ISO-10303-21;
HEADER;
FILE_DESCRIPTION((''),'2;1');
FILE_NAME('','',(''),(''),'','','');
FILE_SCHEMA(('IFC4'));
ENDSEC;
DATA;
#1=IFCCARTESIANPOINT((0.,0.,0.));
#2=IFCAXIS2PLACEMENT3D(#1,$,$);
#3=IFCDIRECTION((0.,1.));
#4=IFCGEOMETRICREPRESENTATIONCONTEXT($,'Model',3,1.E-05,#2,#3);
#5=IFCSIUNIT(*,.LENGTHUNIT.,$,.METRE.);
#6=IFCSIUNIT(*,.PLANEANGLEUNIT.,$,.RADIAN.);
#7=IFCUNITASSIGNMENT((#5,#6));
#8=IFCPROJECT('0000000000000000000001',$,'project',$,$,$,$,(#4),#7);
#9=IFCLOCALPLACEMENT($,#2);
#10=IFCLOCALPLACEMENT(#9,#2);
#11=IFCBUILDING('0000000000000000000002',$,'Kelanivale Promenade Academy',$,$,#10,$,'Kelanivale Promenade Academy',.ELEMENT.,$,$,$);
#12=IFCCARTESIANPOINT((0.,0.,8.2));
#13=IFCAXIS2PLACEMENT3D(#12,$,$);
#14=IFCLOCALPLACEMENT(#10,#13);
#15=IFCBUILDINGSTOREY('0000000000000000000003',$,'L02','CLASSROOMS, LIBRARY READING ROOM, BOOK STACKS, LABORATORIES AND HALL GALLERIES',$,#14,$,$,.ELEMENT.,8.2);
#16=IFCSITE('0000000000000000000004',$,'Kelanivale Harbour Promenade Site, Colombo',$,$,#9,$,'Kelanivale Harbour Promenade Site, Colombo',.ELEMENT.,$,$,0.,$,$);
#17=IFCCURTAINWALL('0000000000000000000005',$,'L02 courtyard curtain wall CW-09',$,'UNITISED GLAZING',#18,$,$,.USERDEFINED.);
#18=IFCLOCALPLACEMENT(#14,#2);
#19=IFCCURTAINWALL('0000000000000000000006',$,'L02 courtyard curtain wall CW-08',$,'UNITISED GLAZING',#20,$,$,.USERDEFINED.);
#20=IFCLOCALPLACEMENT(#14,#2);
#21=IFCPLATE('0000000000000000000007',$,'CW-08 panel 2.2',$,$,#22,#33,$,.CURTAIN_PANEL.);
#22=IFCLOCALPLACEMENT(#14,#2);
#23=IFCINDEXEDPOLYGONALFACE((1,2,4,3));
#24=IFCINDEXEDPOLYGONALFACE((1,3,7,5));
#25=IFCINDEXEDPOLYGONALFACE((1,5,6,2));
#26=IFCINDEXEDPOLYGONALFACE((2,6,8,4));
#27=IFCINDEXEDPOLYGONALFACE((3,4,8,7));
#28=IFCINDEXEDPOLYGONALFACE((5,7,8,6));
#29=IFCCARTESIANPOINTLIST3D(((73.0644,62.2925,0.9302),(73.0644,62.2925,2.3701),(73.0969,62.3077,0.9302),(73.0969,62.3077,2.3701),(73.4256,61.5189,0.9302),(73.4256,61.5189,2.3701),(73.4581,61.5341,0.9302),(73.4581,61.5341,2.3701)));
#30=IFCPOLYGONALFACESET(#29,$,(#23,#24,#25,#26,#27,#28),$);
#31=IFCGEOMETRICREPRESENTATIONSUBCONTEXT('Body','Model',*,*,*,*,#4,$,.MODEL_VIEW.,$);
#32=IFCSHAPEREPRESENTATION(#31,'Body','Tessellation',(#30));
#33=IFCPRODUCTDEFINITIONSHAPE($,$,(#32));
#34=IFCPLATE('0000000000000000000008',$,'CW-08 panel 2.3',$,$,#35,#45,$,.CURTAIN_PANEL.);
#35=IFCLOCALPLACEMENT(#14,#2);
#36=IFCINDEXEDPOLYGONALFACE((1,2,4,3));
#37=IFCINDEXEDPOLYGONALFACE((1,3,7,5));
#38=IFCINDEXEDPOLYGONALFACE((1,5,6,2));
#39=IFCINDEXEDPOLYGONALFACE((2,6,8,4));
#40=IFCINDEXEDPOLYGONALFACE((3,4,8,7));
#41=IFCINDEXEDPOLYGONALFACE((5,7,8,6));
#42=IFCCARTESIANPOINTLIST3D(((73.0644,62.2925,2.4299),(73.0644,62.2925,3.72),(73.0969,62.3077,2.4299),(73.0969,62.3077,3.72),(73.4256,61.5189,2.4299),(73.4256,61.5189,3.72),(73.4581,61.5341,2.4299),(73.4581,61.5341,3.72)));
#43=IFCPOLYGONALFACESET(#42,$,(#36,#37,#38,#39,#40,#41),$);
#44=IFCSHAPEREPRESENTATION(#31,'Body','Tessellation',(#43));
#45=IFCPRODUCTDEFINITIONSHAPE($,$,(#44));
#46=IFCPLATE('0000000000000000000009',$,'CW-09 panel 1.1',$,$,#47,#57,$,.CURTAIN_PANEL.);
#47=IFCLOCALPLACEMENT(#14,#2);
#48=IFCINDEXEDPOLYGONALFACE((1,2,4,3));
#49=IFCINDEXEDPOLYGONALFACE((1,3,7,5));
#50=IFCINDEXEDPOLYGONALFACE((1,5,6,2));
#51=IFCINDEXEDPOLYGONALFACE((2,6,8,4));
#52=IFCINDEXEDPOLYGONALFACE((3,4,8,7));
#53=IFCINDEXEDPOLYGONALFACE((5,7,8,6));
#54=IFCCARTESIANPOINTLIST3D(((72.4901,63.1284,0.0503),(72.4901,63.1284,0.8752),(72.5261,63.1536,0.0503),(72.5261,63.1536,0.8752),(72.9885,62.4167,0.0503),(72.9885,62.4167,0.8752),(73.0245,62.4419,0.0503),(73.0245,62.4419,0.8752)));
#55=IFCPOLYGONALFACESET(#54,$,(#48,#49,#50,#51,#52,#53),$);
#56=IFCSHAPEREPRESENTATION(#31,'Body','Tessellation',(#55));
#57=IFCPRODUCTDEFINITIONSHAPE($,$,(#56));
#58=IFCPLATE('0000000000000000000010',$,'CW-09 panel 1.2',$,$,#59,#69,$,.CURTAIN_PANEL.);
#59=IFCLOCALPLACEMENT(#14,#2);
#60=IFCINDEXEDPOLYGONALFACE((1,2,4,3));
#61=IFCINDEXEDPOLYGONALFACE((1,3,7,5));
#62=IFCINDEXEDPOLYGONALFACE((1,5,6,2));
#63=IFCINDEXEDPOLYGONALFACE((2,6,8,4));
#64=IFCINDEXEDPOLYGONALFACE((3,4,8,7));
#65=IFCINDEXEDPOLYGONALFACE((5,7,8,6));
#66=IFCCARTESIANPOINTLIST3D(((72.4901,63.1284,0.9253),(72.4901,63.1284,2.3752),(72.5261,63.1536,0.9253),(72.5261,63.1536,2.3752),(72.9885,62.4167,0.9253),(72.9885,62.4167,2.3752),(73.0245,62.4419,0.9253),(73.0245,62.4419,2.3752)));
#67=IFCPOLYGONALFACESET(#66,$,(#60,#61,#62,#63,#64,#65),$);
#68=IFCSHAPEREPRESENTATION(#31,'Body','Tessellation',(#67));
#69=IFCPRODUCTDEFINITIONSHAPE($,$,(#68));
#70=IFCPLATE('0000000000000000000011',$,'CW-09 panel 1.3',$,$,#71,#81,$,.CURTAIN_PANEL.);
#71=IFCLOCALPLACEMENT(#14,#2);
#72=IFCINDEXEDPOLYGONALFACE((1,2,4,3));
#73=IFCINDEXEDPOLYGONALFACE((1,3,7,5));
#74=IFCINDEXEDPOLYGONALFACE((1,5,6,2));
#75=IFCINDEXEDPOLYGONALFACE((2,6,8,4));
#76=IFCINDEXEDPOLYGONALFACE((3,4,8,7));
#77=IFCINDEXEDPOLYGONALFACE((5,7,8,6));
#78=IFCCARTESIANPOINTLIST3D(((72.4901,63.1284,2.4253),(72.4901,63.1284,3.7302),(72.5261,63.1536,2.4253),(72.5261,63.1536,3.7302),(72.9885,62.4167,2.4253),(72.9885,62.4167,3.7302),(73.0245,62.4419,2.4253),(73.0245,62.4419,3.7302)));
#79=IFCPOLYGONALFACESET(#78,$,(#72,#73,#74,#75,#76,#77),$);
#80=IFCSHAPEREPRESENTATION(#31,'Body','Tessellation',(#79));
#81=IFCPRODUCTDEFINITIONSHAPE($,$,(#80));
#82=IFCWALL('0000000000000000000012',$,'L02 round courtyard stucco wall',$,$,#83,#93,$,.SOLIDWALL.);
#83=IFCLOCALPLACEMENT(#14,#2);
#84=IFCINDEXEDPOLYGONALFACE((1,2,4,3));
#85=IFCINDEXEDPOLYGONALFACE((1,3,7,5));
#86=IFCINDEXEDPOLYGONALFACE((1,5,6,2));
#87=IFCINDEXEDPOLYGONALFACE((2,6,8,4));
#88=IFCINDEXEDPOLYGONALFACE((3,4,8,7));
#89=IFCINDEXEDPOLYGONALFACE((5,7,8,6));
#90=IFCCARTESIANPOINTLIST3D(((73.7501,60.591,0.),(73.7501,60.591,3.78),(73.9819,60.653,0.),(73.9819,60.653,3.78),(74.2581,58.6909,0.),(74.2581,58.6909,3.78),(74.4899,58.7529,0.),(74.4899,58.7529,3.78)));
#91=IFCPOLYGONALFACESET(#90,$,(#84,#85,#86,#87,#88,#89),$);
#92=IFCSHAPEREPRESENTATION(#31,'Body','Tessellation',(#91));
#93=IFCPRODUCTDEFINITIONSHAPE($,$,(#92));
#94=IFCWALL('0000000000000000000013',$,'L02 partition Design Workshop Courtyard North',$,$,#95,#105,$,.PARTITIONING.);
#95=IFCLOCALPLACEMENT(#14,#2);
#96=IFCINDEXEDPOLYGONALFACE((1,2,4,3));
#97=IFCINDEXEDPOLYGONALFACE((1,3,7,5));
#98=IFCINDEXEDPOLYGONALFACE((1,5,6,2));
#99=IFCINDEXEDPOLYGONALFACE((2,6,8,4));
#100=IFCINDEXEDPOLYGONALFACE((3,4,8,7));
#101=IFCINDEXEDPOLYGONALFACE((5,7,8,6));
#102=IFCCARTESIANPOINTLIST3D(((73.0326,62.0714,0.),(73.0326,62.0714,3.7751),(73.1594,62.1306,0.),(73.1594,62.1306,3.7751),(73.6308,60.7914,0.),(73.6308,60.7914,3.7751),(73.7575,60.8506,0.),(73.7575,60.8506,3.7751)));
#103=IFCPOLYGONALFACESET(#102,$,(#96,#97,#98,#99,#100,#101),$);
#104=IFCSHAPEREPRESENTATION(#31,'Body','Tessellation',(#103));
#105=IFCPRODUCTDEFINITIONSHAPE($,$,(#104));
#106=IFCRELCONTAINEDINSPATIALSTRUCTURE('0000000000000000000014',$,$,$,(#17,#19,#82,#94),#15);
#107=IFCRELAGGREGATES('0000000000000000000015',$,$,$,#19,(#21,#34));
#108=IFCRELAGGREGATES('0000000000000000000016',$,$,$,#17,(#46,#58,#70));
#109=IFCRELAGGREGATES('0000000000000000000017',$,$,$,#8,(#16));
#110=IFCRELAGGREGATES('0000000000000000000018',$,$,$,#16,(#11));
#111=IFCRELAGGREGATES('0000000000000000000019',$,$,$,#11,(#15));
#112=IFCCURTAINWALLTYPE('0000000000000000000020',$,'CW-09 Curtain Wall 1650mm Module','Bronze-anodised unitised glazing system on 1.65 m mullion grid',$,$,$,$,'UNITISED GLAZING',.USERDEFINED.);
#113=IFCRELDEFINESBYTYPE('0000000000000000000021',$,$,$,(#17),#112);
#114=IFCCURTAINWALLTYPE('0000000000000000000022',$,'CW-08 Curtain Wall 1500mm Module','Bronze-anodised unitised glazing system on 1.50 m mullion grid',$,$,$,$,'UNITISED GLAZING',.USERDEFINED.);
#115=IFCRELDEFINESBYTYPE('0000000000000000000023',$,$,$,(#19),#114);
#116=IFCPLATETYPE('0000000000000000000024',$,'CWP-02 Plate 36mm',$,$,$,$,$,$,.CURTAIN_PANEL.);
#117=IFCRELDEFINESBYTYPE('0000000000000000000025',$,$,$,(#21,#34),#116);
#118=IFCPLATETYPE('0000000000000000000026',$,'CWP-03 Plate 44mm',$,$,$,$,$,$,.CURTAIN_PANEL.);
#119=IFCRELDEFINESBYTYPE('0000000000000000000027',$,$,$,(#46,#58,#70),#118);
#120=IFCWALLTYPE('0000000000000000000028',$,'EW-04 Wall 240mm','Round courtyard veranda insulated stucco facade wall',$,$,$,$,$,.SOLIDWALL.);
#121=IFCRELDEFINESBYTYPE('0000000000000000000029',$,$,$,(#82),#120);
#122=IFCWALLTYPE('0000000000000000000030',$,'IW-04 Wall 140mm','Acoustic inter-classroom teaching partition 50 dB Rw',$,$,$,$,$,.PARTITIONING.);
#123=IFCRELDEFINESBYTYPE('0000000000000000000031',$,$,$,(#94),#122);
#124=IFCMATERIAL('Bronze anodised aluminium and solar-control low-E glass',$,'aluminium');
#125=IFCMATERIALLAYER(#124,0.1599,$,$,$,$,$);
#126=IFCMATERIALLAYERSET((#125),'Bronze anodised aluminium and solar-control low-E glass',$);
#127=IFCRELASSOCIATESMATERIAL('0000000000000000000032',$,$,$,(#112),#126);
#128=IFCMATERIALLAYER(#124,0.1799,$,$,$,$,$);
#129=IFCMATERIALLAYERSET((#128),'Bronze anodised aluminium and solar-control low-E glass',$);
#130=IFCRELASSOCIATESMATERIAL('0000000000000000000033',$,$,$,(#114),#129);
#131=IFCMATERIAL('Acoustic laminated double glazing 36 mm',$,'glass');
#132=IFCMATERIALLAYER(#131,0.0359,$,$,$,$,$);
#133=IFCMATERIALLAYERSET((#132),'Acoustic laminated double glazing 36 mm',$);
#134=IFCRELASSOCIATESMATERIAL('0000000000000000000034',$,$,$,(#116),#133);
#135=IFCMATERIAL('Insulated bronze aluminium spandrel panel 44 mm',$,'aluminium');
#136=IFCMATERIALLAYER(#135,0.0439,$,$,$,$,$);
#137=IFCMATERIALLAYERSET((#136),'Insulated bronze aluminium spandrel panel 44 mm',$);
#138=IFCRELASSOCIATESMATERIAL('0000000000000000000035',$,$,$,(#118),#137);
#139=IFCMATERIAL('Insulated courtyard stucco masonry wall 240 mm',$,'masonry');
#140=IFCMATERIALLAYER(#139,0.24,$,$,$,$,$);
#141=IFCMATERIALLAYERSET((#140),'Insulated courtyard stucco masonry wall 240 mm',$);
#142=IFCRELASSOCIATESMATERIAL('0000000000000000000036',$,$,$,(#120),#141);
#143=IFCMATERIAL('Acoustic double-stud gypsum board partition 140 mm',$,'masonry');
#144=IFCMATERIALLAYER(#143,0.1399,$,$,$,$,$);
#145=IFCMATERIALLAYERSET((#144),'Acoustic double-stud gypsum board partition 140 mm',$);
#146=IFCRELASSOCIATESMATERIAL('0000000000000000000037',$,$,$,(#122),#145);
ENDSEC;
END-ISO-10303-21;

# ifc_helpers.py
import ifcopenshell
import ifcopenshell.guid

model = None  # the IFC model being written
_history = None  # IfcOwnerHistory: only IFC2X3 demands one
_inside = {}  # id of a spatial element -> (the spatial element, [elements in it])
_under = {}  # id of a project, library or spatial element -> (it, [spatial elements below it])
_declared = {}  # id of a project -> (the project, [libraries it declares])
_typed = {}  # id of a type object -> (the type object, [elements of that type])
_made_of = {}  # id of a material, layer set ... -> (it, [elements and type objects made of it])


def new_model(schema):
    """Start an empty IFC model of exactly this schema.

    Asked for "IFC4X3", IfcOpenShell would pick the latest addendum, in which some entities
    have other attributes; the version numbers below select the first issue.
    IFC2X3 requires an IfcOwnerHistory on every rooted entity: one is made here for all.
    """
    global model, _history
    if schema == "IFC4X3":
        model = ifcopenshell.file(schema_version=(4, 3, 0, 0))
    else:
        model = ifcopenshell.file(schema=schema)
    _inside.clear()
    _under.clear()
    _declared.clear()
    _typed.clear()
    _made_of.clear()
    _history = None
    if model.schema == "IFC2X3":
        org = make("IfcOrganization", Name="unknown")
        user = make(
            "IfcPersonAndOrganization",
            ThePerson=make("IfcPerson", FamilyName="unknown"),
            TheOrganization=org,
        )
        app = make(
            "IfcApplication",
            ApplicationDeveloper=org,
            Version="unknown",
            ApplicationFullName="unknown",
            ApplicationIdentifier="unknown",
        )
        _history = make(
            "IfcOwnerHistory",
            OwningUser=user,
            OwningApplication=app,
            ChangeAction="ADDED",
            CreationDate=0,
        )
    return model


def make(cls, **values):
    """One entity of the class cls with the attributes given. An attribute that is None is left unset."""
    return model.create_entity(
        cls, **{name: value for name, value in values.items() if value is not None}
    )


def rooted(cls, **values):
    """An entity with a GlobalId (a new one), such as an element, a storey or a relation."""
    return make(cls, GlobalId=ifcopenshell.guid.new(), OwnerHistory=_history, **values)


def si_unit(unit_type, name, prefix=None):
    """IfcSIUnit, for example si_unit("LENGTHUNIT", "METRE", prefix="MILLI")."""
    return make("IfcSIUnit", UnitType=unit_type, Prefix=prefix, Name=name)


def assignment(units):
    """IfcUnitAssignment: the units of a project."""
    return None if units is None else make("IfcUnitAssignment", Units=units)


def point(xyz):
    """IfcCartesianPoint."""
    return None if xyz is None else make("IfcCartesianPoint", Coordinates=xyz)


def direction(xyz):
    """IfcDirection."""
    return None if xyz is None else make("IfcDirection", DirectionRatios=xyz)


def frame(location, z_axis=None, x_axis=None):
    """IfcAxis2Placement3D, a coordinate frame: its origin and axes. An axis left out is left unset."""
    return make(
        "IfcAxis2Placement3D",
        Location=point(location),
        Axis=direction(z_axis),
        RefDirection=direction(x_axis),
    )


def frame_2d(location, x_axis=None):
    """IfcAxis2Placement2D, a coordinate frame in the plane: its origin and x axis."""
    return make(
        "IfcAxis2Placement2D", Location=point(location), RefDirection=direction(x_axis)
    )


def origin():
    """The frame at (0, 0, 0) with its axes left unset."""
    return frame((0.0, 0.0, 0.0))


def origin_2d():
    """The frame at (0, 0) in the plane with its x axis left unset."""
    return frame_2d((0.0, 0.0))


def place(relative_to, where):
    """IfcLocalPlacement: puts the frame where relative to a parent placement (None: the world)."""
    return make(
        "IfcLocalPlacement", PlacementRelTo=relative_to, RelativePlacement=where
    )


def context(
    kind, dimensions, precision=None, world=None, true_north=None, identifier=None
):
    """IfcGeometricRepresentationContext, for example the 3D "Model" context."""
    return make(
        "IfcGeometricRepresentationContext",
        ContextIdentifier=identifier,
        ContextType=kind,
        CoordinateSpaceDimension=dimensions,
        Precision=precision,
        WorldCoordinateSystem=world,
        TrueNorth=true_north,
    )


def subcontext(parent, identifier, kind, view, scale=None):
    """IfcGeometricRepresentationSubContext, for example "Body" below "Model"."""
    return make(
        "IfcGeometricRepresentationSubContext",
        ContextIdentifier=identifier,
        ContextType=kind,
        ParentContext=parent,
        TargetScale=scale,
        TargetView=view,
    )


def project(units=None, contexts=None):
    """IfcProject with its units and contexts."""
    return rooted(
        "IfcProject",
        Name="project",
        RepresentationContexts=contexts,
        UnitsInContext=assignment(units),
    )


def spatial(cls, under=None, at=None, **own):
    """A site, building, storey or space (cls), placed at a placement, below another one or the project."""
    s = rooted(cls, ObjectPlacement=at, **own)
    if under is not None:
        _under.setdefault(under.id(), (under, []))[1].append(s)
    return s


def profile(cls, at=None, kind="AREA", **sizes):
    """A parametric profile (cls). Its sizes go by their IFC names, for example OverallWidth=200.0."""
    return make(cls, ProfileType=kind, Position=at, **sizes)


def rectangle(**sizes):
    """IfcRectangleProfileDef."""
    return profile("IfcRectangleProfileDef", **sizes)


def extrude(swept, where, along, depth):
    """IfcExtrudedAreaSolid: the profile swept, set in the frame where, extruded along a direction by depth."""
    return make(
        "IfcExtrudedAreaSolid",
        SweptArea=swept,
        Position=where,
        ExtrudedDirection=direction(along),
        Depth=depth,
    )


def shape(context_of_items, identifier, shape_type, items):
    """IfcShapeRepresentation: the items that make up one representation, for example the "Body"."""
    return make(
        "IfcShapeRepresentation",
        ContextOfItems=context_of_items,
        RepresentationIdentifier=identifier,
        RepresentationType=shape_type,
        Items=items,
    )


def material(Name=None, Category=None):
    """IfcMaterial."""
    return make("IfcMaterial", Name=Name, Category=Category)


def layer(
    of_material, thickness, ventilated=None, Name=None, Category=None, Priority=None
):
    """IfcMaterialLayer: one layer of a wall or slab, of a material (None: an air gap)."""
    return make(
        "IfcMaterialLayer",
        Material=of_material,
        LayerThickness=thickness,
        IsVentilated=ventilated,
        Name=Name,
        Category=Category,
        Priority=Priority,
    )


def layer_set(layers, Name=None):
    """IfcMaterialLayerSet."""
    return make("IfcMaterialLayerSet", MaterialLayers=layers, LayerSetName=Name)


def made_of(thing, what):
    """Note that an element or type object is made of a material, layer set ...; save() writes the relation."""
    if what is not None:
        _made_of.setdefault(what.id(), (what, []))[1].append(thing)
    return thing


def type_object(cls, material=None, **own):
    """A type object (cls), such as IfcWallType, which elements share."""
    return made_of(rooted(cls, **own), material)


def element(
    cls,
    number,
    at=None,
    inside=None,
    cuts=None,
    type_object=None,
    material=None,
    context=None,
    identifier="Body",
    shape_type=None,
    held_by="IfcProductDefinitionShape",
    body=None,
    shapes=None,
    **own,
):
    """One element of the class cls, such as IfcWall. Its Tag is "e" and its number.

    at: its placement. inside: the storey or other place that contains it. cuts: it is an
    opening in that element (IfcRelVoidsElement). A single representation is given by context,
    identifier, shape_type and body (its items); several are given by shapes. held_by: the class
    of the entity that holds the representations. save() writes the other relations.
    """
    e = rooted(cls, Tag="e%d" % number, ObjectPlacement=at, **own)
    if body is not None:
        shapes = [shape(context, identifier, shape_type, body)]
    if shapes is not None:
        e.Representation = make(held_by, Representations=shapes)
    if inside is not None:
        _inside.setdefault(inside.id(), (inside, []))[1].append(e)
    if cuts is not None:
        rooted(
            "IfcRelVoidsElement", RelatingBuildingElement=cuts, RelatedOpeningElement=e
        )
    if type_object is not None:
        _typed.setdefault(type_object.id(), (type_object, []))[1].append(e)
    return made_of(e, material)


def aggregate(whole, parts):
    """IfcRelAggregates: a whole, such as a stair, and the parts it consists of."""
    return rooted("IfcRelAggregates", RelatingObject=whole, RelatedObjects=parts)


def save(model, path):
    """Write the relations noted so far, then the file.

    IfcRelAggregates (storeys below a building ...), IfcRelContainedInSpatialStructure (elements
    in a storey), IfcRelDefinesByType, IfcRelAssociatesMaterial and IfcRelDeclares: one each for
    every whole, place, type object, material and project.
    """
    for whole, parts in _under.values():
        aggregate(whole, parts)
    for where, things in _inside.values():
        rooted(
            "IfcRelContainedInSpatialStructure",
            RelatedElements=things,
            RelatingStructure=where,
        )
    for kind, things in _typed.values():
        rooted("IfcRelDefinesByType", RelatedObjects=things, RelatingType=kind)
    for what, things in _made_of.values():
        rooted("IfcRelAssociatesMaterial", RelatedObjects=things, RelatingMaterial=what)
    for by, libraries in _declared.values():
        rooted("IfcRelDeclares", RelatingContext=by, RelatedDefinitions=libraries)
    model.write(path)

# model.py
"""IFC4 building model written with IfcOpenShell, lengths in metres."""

from ifc_helpers import new_model, si_unit, direction, frame, frame_2d, origin, origin_2d, place, context, subcontext, project, spatial, rectangle, extrude, material, layer, layer_set, type_object, element, aggregate, save


model = new_model("IFC4")

# Units and contexts
model_context = context("Model", 3, precision=1e-05, world=origin(), true_north=direction((0.0, 1.0)))
body_context = subcontext(model_context, "Body", "Model", "MODEL_VIEW")
ifc_project = project(units=[si_unit("LENGTHUNIT", "METRE"), si_unit("PLANEANGLEUNIT", "RADIAN")], contexts=[model_context])

# Site, building, storey
site_placement = place(None, origin())
site = spatial("IfcSite", under=ifc_project, at=site_placement, Name="Kelanivale Harbour Promenade Site, Colombo", LongName="Kelanivale Harbour Promenade Site, Colombo", CompositionType="ELEMENT", RefElevation=0.0)
building_placement = place(site_placement, origin())
building = spatial("IfcBuilding", under=site, at=building_placement, Name="Kelanivale Promenade Academy", LongName="Kelanivale Promenade Academy", CompositionType="ELEMENT")
storey_placement = place(building_placement, frame((0.0, 0.0, 8.2)))
storey = spatial("IfcBuildingStorey", under=building, at=storey_placement, Name="L02", Description="CLASSROOMS, LIBRARY READING ROOM, BOOK STACKS, LABORATORIES AND HALL GALLERIES", CompositionType="ELEMENT", Elevation=8.2)

# Curtain wall
ifc_material_1 = material(Name="Bronze anodised aluminium and solar-control low-E glass", Category="aluminium")
ifc_layer_1 = layer(ifc_material_1, 0.1599)
ifc_layer_set_1 = layer_set([ifc_layer_1], Name="Bronze anodised aluminium and solar-control low-E glass")
curtain_wall_type_1 = type_object("IfcCurtainWallType", Name="CW-09 Curtain Wall 1650mm Module", Description="Bronze-anodised unitised glazing system on 1.65 m mullion grid", ElementType="UNITISED GLAZING", PredefinedType="USERDEFINED", material=ifc_layer_set_1)
curtain_wall_1_placement = place(storey_placement, origin())
curtain_wall_1 = element("IfcCurtainWall", 1, at=curtain_wall_1_placement, inside=storey, type_object=curtain_wall_type_1, Name="L02 courtyard curtain wall CW-09", ObjectType="UNITISED GLAZING", PredefinedType="USERDEFINED")

# Curtain wall
ifc_layer_2 = layer(ifc_material_1, 0.1799)
ifc_layer_set_2 = layer_set([ifc_layer_2], Name="Bronze anodised aluminium and solar-control low-E glass")
curtain_wall_type_2 = type_object("IfcCurtainWallType", Name="CW-08 Curtain Wall 1500mm Module", Description="Bronze-anodised unitised glazing system on 1.50 m mullion grid", ElementType="UNITISED GLAZING", PredefinedType="USERDEFINED", material=ifc_layer_set_2)
curtain_wall_2_placement = place(storey_placement, origin())
curtain_wall_2 = element("IfcCurtainWall", 2, at=curtain_wall_2_placement, inside=storey, type_object=curtain_wall_type_2, Name="L02 courtyard curtain wall CW-08", ObjectType="UNITISED GLAZING", PredefinedType="USERDEFINED")

# Plates
ifc_material_2 = material(Name="Acoustic laminated double glazing 36 mm", Category="glass")
ifc_layer_3 = layer(ifc_material_2, 0.0359)
ifc_layer_set_3 = layer_set([ifc_layer_3], Name="Acoustic laminated double glazing 36 mm")
plate_type_1 = type_object("IfcPlateType", Name="CWP-02 Plate 36mm", PredefinedType="CURTAIN_PANEL", material=ifc_layer_set_3)
plate_1_placement = place(storey_placement, frame((73.2612, 61.9133, 0.9302), z_axis=(0.0, 0.0, 1.0), x_axis=(-0.423087, 0.906089, 0.0)))
plate_1 = element("IfcPlate", 3, at=plate_1_placement, type_object=plate_type_1, Name="CW-08 panel 2.2", PredefinedType="CURTAIN_PANEL", context=body_context, shape_type="SweptSolid", body=[
    extrude(rectangle(XDim=0.8538, YDim=0.0359, at=origin_2d()), origin(), (0.0, 0.0, 1.0), 1.4399),
])
plate_2_placement = place(storey_placement, frame((73.2612, 61.9133, 2.4299), z_axis=(0.0, 0.0, 1.0), x_axis=(-0.423087, 0.906089, 0.0)))
plate_2 = element("IfcPlate", 4, at=plate_2_placement, type_object=plate_type_1, Name="CW-08 panel 2.3", PredefinedType="CURTAIN_PANEL", context=body_context, shape_type="SweptSolid", body=[
    extrude(rectangle(XDim=0.8538, YDim=0.0359, at=origin_2d()), origin(), (0.0, 0.0, 1.0), 1.29),
])
aggregate(curtain_wall_2, [plate_1, plate_2])
ifc_material_3 = material(Name="Insulated bronze aluminium spandrel panel 44 mm", Category="aluminium")
ifc_layer_4 = layer(ifc_material_3, 0.0439)
ifc_layer_set_4 = layer_set([ifc_layer_4], Name="Insulated bronze aluminium spandrel panel 44 mm")
plate_type_2 = type_object("IfcPlateType", Name="CWP-03 Plate 44mm", PredefinedType="CURTAIN_PANEL", material=ifc_layer_set_4)
plate_3_placement = place(storey_placement, frame((72.7573, 62.7852, 0.0503), z_axis=(0.0, 0.0, 1.0), x_axis=(-0.573567, 0.819158, 0.0)))
plate_3 = element("IfcPlate", 5, at=plate_3_placement, type_object=plate_type_2, Name="CW-09 panel 1.1", PredefinedType="CURTAIN_PANEL", context=body_context, shape_type="SweptSolid", body=[
    extrude(rectangle(XDim=0.8689, YDim=0.0439, at=origin_2d()), origin(), (0.0, 0.0, 1.0), 0.825),
])
plate_4_placement = place(storey_placement, frame((72.7573, 62.7852, 0.9253), z_axis=(0.0, 0.0, 1.0), x_axis=(-0.573567, 0.819158, 0.0)))
plate_4 = element("IfcPlate", 6, at=plate_4_placement, type_object=plate_type_2, Name="CW-09 panel 1.2", PredefinedType="CURTAIN_PANEL", context=body_context, shape_type="SweptSolid", body=[
    extrude(rectangle(XDim=0.8689, YDim=0.0439, at=origin_2d()), origin(), (0.0, 0.0, 1.0), 1.45),
])
plate_5_placement = place(storey_placement, frame((72.7573, 62.7852, 2.4253), z_axis=(0.0, 0.0, 1.0), x_axis=(-0.573567, 0.819158, 0.0)))
plate_5 = element("IfcPlate", 7, at=plate_5_placement, type_object=plate_type_2, Name="CW-09 panel 1.3", PredefinedType="CURTAIN_PANEL", context=body_context, shape_type="SweptSolid", body=[
    extrude(rectangle(XDim=0.8689, YDim=0.0439, at=origin_2d()), origin(), (0.0, 0.0, 1.0), 1.3049),
])
aggregate(curtain_wall_1, [plate_3, plate_4, plate_5])

# Walls
ifc_material_4 = material(Name="Insulated courtyard stucco masonry wall 240 mm", Category="masonry")
ifc_layer_5 = layer(ifc_material_4, 0.24)
ifc_layer_set_5 = layer_set([ifc_layer_5], Name="Insulated courtyard stucco masonry wall 240 mm")
wall_type_1 = type_object("IfcWallType", Name="EW-04 Wall 240mm", Description="Round courtyard veranda insulated stucco facade wall", PredefinedType="SOLIDWALL", material=ifc_layer_set_5)
wall_1_placement = place(storey_placement, frame((74.374, 58.7219, 0.0), z_axis=(0.0, 0.0, 1.0), x_axis=(-0.258304, 0.966064, 0.0)))
element("IfcWall", 8, at=wall_1_placement, inside=storey, type_object=wall_type_1, Name="L02 round courtyard stucco wall", PredefinedType="SOLIDWALL", context=body_context, shape_type="SweptSolid", body=[
    extrude(rectangle(XDim=1.9668, YDim=0.24, at=frame_2d((0.9834, 0.0))), origin(), (0.0, 0.0, 1.0), 3.78),
])
ifc_material_5 = material(Name="Acoustic double-stud gypsum board partition 140 mm", Category="masonry")
ifc_layer_6 = layer(ifc_material_5, 0.1399)
ifc_layer_set_6 = layer_set([ifc_layer_6], Name="Acoustic double-stud gypsum board partition 140 mm")
wall_type_2 = type_object("IfcWallType", Name="IW-04 Wall 140mm", Description="Acoustic inter-classroom teaching partition 50 dB Rw", PredefinedType="PARTITIONING", material=ifc_layer_set_6)
wall_2_placement = place(storey_placement, frame((73.0959, 62.1011, 0.0), z_axis=(0.0, 0.0, 1.0), x_axis=(0.423349, -0.905967, 0.0)))
element("IfcWall", 9, at=wall_2_placement, inside=storey, type_object=wall_type_2, Name="L02 partition Design Workshop Courtyard North", PredefinedType="PARTITIONING", context=body_context, shape_type="SweptSolid", body=[
    extrude(rectangle(XDim=1.4128, YDim=0.1399, at=frame_2d((0.7065, 0.0))), origin(), (0.0, 0.0, 1.0), 3.7751),
])

save(model, "model.ifc")
